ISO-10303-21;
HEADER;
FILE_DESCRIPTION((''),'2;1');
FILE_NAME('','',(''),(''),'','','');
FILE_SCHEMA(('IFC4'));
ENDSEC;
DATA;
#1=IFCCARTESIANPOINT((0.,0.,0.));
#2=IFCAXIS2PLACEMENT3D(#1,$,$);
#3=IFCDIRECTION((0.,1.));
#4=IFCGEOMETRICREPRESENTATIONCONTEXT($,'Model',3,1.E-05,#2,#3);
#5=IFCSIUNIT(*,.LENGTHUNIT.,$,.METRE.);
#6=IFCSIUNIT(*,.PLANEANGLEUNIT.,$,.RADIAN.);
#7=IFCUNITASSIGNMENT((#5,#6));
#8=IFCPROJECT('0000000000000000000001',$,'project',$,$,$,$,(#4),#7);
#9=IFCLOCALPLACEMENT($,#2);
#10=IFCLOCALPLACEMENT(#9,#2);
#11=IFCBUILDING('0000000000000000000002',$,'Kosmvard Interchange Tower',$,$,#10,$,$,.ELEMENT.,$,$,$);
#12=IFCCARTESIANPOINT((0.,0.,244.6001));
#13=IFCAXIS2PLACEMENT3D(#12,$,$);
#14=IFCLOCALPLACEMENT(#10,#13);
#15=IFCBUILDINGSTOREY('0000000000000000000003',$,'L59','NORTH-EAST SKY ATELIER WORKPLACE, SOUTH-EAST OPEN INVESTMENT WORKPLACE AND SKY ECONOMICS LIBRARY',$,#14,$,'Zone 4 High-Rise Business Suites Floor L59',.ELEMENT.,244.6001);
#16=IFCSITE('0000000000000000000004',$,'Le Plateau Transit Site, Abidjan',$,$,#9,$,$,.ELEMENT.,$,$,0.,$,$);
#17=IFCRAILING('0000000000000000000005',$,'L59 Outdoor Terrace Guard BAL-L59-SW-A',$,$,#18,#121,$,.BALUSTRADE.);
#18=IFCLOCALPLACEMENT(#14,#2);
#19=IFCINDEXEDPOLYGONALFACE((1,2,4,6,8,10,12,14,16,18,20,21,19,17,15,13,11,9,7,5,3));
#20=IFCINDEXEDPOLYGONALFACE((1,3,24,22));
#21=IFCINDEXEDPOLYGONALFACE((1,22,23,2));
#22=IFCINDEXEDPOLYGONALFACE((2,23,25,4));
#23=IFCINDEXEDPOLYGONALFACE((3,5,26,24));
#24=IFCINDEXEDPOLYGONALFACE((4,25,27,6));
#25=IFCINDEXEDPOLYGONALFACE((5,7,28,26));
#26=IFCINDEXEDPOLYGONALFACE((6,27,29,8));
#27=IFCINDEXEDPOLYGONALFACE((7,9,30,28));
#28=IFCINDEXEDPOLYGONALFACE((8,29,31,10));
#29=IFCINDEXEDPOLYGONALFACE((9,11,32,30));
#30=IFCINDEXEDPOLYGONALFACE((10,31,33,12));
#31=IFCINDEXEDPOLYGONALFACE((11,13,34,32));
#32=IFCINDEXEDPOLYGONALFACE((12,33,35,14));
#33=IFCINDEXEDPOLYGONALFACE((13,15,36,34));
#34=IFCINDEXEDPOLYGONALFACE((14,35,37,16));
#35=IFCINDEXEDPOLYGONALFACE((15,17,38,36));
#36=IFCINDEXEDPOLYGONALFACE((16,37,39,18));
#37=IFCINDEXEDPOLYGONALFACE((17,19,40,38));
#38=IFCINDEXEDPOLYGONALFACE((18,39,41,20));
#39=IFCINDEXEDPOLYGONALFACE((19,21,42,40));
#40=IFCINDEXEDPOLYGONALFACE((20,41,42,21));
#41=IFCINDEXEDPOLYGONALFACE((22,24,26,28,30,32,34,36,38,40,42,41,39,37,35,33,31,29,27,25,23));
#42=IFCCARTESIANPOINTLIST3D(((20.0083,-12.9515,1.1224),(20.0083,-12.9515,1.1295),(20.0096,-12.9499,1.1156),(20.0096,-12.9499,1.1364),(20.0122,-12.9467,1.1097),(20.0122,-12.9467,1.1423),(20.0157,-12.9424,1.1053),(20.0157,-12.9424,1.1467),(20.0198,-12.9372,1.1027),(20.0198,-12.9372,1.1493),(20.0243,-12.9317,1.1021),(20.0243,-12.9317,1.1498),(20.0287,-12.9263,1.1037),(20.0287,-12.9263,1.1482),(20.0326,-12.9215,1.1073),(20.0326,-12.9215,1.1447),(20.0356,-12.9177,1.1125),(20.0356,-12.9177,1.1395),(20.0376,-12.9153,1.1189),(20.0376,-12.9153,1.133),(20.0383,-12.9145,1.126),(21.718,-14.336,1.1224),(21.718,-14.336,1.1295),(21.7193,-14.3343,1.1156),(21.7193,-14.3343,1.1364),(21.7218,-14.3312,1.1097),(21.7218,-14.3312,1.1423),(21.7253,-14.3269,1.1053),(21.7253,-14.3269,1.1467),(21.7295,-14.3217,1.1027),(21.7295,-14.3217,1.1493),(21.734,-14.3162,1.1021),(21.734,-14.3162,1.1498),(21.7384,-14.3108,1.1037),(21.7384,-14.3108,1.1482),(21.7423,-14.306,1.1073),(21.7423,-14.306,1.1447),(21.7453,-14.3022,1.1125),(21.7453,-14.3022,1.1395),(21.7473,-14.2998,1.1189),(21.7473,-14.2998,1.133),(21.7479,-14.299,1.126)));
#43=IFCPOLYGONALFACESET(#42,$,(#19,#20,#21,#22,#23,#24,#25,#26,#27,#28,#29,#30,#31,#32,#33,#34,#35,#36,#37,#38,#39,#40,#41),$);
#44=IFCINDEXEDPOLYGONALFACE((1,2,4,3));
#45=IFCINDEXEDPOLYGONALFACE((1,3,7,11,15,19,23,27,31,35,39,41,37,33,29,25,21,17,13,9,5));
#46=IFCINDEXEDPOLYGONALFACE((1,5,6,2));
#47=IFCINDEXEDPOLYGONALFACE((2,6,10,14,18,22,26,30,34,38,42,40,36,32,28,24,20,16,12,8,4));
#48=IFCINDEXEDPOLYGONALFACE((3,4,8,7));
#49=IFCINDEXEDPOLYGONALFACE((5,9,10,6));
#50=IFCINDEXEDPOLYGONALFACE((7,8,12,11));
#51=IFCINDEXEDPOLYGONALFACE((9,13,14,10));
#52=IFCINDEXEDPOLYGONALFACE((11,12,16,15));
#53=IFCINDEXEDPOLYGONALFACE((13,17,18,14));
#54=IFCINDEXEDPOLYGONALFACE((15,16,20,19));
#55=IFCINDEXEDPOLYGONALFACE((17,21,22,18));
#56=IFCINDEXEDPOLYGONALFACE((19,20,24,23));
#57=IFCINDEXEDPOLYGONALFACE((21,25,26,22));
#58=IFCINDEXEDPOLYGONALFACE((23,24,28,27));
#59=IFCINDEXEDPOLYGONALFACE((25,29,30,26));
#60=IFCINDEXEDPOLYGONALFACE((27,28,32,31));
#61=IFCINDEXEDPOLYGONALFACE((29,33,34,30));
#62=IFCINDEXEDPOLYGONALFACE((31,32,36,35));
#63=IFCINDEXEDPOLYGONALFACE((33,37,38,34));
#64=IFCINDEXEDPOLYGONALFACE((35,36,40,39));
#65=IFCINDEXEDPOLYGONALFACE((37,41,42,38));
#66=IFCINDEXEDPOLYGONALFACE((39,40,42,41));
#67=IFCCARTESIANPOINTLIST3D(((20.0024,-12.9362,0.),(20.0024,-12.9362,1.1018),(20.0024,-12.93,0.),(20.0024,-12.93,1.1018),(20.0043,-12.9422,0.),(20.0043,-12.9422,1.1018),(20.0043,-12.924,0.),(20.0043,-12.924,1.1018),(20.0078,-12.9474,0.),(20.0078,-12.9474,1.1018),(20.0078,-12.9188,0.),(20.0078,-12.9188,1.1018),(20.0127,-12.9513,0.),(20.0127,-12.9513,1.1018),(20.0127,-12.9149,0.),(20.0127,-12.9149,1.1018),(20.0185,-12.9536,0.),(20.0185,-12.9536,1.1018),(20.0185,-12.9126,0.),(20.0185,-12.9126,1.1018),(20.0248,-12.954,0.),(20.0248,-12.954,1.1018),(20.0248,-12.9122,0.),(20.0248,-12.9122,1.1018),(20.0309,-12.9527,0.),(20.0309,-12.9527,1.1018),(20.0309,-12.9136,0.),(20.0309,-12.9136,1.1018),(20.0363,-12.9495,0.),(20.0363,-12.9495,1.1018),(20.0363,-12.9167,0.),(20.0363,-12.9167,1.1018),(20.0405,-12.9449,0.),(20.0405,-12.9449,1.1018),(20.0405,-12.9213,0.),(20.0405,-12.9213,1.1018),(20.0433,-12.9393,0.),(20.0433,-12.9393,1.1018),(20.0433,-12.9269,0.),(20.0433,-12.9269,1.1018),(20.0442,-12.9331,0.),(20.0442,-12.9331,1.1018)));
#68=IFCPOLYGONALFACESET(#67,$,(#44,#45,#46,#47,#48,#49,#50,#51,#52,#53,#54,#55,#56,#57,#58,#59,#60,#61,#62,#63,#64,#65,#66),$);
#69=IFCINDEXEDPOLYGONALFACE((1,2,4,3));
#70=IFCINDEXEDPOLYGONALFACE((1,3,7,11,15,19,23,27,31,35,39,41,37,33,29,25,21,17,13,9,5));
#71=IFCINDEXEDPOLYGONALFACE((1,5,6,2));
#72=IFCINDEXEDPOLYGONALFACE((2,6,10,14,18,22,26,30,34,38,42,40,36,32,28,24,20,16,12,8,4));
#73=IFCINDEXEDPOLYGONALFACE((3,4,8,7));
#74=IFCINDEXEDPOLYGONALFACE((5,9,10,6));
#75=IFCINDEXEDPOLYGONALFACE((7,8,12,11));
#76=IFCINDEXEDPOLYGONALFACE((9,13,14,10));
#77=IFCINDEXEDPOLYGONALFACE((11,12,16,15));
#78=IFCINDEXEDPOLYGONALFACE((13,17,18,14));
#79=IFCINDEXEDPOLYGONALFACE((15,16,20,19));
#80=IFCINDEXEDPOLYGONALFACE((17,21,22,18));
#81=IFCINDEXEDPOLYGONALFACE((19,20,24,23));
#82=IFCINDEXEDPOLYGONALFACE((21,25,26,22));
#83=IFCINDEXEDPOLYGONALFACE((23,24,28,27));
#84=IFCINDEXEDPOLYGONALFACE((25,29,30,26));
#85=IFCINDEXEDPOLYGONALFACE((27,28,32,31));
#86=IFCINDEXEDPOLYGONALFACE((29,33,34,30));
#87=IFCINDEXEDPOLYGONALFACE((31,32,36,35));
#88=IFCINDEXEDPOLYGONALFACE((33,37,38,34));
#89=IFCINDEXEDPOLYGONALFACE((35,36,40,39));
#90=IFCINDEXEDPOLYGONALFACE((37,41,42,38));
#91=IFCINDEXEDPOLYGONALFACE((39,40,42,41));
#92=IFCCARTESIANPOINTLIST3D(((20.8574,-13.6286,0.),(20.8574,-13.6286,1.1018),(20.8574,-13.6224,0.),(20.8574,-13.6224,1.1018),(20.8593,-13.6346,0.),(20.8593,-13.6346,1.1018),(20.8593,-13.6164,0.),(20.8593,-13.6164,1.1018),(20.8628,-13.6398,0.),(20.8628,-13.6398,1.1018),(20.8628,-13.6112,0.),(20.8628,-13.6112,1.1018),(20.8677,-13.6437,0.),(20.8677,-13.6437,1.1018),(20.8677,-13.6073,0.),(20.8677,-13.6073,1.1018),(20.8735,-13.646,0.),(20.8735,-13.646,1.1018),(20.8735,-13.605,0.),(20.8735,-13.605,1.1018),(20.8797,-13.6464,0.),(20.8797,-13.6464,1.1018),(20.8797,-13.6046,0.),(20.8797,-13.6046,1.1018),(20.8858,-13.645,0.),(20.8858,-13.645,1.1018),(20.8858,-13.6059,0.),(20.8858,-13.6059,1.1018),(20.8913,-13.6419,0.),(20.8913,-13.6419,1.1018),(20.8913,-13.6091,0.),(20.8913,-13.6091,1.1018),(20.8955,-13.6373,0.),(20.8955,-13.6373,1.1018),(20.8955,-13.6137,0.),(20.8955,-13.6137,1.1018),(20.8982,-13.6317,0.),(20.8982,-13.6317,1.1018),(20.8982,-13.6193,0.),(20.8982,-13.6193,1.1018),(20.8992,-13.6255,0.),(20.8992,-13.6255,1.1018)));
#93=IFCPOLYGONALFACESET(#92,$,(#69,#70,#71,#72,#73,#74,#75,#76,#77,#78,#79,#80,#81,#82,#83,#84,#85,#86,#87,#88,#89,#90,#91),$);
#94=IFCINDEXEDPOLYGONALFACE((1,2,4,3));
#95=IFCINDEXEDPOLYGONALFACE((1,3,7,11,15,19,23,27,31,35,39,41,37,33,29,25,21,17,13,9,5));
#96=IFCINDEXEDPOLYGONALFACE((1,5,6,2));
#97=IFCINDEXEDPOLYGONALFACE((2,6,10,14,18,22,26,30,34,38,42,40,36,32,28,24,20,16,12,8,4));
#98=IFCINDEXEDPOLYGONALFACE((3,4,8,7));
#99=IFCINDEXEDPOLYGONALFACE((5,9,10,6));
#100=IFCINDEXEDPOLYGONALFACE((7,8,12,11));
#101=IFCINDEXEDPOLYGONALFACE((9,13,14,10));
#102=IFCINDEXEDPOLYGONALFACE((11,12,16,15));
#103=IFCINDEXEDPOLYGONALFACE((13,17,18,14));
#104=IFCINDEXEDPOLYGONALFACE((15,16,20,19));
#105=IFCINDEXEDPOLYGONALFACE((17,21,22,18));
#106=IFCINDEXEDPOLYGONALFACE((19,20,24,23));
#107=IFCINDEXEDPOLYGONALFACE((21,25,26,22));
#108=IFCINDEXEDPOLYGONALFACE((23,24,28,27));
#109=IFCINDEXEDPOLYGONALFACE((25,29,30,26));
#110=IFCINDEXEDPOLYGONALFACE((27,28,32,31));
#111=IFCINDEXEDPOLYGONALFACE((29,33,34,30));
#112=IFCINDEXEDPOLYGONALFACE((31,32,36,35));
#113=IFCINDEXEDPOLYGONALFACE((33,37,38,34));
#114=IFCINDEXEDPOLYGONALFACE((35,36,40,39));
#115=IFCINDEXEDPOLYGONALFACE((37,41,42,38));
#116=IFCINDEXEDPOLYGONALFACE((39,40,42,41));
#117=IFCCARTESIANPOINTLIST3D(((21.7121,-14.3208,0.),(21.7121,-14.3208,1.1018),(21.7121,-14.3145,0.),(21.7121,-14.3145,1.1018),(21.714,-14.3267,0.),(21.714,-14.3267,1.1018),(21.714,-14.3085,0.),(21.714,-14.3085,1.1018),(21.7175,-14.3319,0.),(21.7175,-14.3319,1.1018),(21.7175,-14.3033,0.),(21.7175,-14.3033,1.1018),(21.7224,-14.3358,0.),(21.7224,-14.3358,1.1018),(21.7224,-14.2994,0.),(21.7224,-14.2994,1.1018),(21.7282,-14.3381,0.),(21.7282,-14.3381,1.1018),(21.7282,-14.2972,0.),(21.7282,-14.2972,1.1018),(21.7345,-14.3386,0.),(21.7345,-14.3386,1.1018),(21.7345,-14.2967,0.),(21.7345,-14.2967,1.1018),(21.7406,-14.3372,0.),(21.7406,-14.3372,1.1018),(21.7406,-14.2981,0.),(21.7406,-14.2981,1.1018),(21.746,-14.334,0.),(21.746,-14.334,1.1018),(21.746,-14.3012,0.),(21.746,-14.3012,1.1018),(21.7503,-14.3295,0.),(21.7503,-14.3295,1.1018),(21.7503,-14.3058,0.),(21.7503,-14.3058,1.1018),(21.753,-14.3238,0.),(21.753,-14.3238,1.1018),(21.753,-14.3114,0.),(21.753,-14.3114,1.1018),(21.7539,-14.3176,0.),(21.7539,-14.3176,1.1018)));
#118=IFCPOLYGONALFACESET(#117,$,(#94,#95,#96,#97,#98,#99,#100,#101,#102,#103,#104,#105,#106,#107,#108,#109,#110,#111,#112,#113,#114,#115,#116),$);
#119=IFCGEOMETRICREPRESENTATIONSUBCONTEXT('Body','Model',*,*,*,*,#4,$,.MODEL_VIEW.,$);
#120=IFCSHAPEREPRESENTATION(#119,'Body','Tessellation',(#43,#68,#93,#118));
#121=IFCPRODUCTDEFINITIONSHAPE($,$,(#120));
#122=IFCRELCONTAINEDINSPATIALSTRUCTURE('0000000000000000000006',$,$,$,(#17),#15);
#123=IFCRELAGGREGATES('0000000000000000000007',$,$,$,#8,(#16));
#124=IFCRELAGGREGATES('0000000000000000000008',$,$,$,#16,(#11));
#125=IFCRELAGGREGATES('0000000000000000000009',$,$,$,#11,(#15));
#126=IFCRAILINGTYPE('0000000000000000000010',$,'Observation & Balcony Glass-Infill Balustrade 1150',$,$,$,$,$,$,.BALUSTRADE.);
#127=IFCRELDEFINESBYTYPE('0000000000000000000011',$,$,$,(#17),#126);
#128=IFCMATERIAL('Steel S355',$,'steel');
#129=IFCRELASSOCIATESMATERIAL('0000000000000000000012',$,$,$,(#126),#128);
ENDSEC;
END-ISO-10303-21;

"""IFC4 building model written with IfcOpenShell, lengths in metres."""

from ifc_helpers import new_model, si_unit, direction, frame, origin, origin_2d, place, context, subcontext, project, spatial, circle, extrude, source, transform, mapped, material, type_object, element, save


model = new_model("IFC4")

# Units and contexts
model_context = context("Model", 3, precision=1e-05, world=origin(), true_north=direction((0.0, 1.0)))
body_context = subcontext(model_context, "Body", "Model", "MODEL_VIEW")
ifc_project = project(units=[si_unit("LENGTHUNIT", "METRE"), si_unit("PLANEANGLEUNIT", "RADIAN")], contexts=[model_context])

# Site, building, storey
site_placement = place(None, origin())
site = spatial("IfcSite", under=ifc_project, at=site_placement, Name="Le Plateau Transit Site, Abidjan", CompositionType="ELEMENT", RefElevation=0.0)
building_placement = place(site_placement, origin())
building = spatial("IfcBuilding", under=site, at=building_placement, Name="Kosmvard Interchange Tower", CompositionType="ELEMENT")
storey_placement = place(building_placement, frame((0.0, 0.0, 244.6001)))
storey = spatial("IfcBuildingStorey", under=building, at=storey_placement, Name="L59", Description="NORTH-EAST SKY ATELIER WORKPLACE, SOUTH-EAST OPEN INVESTMENT WORKPLACE AND SKY ECONOMICS LIBRARY", LongName="Zone 4 High-Rise Business Suites Floor L59", CompositionType="ELEMENT", Elevation=244.6001)

# Shared definitions
ifc_material_1 = material(Name="Steel S355", Category="steel")

# Railing
railing_type = type_object("IfcRailingType", Name="Observation & Balcony Glass-Infill Balustrade 1150", PredefinedType="BALUSTRADE", material=ifc_material_1)
shared_shape_1 = source(origin(), body_context, "Body", "SweptSolid", [
    extrude(circle(Radius=0.0239, at=origin_2d()), frame((0.0, 0.0, 1.126), z_axis=(0.777141, -0.629326, 0.0), x_axis=(0.629326, 0.777141, 0.0)), (0.0, 0.0, 1.0), 2.2),
    extrude(circle(Radius=0.021, at=origin_2d()), origin(), (0.0, 0.0, 1.0), 1.1018),
    extrude(circle(Radius=0.021, at=origin_2d()), frame((0.855, -0.6924, 0.0)), (0.0, 0.0, 1.0), 1.1018),
    extrude(circle(Radius=0.021, at=origin_2d()), frame((1.7097, -1.3845, 0.0)), (0.0, 0.0, 1.0), 1.1018),
])
railing_1_placement = place(storey_placement, frame((20.0232, -12.9331, 0.0)))
element("IfcRailing", 1, at=railing_1_placement, inside=storey, type_object=railing_type, Name="L59 Outdoor Terrace Guard BAL-L59-SW-A", PredefinedType="BALUSTRADE", context=body_context, shape_type="MappedRepresentation", body=[
    mapped(shared_shape_1, transform((0.0, 0.0, 0.0), scale=1.0)),
])

save(model, "model.ifc")
